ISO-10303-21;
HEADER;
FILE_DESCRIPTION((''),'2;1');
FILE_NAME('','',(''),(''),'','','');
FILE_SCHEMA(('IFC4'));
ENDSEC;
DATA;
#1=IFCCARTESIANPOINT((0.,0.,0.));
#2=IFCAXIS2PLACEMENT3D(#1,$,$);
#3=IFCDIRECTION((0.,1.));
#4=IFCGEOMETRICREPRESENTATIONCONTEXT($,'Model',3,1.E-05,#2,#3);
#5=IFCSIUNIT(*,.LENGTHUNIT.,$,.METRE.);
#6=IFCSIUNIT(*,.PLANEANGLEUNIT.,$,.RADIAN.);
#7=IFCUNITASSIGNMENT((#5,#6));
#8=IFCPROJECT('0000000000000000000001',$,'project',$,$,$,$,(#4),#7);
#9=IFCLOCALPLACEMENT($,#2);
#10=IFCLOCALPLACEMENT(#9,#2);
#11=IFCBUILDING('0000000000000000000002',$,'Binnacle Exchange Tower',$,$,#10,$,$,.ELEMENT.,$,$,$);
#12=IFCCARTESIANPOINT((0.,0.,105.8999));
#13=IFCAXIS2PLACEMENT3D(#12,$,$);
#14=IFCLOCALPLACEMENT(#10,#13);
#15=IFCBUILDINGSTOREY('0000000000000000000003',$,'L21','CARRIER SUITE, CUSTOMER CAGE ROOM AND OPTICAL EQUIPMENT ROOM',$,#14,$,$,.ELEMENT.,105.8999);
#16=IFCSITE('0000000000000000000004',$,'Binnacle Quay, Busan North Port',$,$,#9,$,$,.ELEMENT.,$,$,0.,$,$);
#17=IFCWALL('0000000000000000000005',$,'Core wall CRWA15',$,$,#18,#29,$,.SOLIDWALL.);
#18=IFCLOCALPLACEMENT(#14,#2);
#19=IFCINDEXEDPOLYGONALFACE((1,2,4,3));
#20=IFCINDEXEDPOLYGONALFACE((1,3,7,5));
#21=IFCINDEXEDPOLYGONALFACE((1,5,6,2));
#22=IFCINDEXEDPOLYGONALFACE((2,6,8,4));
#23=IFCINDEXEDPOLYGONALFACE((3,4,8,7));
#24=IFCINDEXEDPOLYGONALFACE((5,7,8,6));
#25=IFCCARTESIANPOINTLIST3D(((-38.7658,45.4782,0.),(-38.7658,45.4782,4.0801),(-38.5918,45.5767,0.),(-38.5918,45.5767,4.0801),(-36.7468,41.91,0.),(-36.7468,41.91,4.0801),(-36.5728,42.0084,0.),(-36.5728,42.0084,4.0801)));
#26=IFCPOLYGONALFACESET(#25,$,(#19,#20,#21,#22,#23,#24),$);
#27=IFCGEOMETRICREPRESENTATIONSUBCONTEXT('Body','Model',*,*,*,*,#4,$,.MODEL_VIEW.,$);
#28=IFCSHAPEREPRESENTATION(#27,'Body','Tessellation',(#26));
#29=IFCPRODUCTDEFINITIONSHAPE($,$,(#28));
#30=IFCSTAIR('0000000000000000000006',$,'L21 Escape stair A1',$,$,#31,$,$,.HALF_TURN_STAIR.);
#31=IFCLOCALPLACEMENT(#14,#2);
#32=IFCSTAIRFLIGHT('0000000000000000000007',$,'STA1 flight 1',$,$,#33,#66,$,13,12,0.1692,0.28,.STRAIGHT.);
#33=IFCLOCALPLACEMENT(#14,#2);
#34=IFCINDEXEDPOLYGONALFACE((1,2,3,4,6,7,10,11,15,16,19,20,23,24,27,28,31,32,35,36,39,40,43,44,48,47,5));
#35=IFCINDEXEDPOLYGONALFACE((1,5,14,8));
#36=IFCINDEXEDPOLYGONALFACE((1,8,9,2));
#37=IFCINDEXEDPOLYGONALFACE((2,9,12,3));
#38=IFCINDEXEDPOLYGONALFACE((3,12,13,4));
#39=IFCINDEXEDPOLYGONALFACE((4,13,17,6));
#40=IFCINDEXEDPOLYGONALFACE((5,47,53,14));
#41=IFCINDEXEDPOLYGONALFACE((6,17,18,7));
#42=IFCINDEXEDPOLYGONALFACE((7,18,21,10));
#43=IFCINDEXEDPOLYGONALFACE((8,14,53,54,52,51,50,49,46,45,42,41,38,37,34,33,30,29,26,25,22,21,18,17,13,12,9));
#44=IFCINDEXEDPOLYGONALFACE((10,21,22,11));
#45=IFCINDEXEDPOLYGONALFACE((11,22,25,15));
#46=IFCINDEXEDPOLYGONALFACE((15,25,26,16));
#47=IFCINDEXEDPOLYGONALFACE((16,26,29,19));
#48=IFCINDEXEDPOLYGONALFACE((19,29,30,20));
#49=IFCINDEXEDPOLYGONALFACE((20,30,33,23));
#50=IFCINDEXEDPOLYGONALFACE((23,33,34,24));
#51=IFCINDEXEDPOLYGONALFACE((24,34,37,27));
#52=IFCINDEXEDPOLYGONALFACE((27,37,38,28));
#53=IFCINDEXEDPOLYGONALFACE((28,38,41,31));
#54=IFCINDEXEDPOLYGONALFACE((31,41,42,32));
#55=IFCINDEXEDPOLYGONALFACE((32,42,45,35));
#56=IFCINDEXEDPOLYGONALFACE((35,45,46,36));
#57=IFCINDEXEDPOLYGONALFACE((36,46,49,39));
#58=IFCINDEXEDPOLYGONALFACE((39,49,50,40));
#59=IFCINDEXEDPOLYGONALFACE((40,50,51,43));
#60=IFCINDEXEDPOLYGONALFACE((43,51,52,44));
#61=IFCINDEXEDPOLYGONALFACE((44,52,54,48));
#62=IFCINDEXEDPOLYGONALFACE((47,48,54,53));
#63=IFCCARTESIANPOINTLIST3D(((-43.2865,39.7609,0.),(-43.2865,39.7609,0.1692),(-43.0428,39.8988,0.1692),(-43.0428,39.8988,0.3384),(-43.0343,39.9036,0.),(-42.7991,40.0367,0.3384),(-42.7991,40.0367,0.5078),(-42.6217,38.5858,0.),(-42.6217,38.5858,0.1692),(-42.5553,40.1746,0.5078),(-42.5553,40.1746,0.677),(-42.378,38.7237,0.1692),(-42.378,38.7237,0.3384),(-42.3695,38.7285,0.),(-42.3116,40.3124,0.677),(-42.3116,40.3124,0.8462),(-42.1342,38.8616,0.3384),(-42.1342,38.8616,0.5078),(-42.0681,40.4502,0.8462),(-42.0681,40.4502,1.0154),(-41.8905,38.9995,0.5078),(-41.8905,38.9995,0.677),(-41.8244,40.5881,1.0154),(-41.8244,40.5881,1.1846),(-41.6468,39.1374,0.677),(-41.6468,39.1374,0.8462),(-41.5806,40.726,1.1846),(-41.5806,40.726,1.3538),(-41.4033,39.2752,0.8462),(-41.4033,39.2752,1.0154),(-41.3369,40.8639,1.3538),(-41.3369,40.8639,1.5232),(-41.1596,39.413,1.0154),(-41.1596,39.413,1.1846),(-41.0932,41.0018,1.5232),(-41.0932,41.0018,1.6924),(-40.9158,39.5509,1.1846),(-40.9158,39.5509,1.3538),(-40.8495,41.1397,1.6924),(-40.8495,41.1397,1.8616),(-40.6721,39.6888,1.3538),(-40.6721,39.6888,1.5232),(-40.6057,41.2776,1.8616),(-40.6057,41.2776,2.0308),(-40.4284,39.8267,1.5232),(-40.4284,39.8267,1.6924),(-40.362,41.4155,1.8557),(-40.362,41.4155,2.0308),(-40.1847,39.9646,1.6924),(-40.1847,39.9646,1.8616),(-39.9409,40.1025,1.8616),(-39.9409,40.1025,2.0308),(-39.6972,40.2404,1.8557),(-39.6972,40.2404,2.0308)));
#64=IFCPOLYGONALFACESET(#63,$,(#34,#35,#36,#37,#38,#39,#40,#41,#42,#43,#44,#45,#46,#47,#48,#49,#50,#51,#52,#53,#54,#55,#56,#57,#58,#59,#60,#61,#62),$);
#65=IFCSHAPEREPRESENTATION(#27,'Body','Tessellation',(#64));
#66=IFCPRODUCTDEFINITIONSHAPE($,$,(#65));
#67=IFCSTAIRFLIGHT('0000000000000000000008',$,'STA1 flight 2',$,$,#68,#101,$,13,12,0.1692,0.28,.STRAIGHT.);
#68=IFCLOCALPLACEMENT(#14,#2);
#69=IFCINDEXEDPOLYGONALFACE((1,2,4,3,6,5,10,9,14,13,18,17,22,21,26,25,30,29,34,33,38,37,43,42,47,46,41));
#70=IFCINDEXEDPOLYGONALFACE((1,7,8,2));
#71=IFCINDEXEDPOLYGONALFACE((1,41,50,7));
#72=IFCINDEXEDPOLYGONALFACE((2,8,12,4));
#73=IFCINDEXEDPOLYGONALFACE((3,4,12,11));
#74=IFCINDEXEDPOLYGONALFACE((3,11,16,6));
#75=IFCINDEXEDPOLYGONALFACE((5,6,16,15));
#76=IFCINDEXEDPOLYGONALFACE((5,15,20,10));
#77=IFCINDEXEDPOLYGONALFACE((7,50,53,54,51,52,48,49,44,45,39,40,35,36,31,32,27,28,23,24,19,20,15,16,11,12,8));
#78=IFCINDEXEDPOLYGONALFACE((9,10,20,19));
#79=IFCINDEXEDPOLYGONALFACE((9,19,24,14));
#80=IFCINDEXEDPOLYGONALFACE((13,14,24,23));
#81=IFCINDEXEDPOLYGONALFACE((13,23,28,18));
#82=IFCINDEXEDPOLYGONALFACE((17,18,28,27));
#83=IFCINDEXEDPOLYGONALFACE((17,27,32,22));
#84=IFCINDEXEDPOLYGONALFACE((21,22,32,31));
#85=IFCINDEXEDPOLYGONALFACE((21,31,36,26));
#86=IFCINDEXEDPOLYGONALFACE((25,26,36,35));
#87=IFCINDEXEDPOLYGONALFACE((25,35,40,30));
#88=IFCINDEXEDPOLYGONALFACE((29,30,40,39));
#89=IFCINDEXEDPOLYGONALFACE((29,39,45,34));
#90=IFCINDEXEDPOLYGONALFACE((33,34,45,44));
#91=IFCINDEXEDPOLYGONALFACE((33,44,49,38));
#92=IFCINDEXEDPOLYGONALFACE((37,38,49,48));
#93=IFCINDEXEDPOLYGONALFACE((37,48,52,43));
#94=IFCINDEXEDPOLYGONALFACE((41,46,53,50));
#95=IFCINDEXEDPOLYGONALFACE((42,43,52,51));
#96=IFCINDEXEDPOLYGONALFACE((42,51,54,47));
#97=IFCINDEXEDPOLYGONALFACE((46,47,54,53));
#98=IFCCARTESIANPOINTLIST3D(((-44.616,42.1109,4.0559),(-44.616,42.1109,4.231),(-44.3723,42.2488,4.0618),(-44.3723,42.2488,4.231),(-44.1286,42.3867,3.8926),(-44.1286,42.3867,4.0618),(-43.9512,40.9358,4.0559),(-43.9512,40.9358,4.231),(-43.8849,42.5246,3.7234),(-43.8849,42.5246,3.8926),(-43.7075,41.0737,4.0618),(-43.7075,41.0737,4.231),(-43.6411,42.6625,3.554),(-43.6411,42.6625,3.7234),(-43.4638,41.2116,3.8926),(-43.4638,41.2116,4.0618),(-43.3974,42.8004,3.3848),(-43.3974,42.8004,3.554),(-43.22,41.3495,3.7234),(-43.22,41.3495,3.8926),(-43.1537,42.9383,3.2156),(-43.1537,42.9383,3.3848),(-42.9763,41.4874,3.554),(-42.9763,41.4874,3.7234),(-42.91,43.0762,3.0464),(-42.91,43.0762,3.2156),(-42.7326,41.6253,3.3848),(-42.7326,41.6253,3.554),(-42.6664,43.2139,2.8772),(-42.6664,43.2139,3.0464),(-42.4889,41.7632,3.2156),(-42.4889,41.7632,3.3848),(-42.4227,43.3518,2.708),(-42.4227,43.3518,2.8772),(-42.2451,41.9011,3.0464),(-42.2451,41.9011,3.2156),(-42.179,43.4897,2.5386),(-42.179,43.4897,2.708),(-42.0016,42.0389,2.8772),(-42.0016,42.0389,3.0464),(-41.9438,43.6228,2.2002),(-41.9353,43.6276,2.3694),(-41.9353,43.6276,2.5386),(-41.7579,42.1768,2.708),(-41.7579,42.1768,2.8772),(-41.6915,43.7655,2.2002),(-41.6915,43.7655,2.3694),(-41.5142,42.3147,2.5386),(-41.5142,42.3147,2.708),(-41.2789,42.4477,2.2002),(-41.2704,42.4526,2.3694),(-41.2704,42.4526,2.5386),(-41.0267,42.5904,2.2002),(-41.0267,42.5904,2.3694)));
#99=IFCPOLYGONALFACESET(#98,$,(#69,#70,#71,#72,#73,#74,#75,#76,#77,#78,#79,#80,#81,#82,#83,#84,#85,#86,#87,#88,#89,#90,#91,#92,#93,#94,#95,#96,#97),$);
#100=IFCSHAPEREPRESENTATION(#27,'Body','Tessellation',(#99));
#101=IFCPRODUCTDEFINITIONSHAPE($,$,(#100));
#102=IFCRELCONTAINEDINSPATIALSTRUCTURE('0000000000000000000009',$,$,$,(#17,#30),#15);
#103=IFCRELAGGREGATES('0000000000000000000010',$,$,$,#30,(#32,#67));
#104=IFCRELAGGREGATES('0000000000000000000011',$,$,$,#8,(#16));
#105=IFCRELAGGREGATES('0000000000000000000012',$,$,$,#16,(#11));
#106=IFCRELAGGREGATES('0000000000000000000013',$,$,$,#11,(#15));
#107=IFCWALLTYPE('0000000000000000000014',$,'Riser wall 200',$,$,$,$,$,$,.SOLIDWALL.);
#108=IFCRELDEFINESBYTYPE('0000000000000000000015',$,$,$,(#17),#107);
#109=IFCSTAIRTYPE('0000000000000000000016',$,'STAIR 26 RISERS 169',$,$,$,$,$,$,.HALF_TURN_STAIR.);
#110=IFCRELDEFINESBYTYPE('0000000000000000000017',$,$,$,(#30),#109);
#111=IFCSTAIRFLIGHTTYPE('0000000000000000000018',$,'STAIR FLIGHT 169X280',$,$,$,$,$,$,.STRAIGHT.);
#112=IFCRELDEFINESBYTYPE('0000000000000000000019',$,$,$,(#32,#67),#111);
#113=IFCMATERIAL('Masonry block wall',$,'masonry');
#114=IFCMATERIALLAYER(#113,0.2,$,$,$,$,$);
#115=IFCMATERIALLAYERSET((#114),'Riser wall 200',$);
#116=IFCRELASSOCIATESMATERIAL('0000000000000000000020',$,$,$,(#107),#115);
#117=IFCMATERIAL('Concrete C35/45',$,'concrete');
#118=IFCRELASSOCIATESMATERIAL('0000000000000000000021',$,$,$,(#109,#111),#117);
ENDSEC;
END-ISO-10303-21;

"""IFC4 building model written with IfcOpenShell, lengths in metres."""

from ifc_helpers import new_model, si_unit, direction, frame, frame_2d, origin, place, context, subcontext, project, spatial, polyline, rectangle, outline, extrude, material, layer, layer_set, type_object, element, aggregate, save


model = new_model("IFC4")

# Units and contexts
model_context = context("Model", 3, precision=1e-05, world=origin(), true_north=direction((0.0, 1.0)))
body_context = subcontext(model_context, "Body", "Model", "MODEL_VIEW")
ifc_project = project(units=[si_unit("LENGTHUNIT", "METRE"), si_unit("PLANEANGLEUNIT", "RADIAN")], contexts=[model_context])

# Site, building, storey
site_placement = place(None, origin())
site = spatial("IfcSite", under=ifc_project, at=site_placement, Name="Binnacle Quay, Busan North Port", CompositionType="ELEMENT", RefElevation=0.0)
building_placement = place(site_placement, origin())
building = spatial("IfcBuilding", under=site, at=building_placement, Name="Binnacle Exchange Tower", CompositionType="ELEMENT")
storey_placement = place(building_placement, frame((0.0, 0.0, 105.8999)))
storey = spatial("IfcBuildingStorey", under=building, at=storey_placement, Name="L21", Description="CARRIER SUITE, CUSTOMER CAGE ROOM AND OPTICAL EQUIPMENT ROOM", CompositionType="ELEMENT", Elevation=105.8999)

# Shared definitions
ifc_material_1 = material(Name="Masonry block wall", Category="masonry")

# Wall
ifc_layer_1 = layer(ifc_material_1, 0.2)
ifc_layer_set_1 = layer_set([ifc_layer_1], Name="Riser wall 200")
wall_type_1 = type_object("IfcWallType", Name="Riser wall 200", PredefinedType="SOLIDWALL", material=ifc_layer_set_1)
wall_1_placement = place(storey_placement, frame((-38.6787, 45.5273, 0.0), z_axis=(0.0, 0.0, 1.0), x_axis=(0.492454, -0.870339, 0.0)))
element("IfcWall", 1, at=wall_1_placement, inside=storey, type_object=wall_type_1, Name="Core wall CRWA15", PredefinedType="SOLIDWALL", context=body_context, shape_type="SweptSolid", body=[
    extrude(rectangle(XDim=4.0999, YDim=0.2, at=frame_2d((2.0498, 0.0))), origin(), (0.0, 0.0, 1.0), 4.0801),
])

# Stair, stair flights
ifc_material_2 = material(Name="Concrete C35/45", Category="concrete")
stair_type = type_object("IfcStairType", Name="STAIR 26 RISERS 169", PredefinedType="HALF_TURN_STAIR", material=ifc_material_2)
stair_placement = place(storey_placement, origin())
stair = element("IfcStair", 2, at=stair_placement, inside=storey, type_object=stair_type, Name="L21 Escape stair A1", PredefinedType="HALF_TURN_STAIR")
stair_flight_type = type_object("IfcStairFlightType", Name="STAIR FLIGHT 169X280", PredefinedType="STRAIGHT", material=ifc_material_2)
stair_flight_1_placement = place(storey_placement, frame((-42.9541, 39.1733, 0.0), z_axis=(0.0, 0.0, 1.0), x_axis=(0.870356, 0.492424, 0.0)))
stair_flight_1 = element("IfcStairFlight", 3, at=stair_flight_1_placement, type_object=stair_flight_type, Name="STA1 flight 1", NumberOfRisers=13, NumberOfTreads=12, PredefinedType="STRAIGHT", RiserHeight=0.1692, TreadLength=0.28, context=body_context, shape_type="SweptSolid", body=[
    extrude(outline(polyline([(0.0, 0.0), (0.0, 0.1692), (0.28, 0.1692), (0.28, 0.3384), (0.5601, 0.3384), (0.5601, 0.5078), (0.8401, 0.5078), (0.8401, 0.677), (1.1201, 0.677), (1.1201, 0.8462), (1.3999, 0.8462), (1.3999, 1.0154), (1.6799, 1.0154), (1.6799, 1.1846), (1.96, 1.1846), (1.96, 1.3538), (2.24, 1.3538), (2.24, 1.5232), (2.52, 1.5232), (2.52, 1.6924), (2.8, 1.6924), (2.8, 1.8616), (3.0801, 1.8616), (3.0801, 2.0308), (3.3601, 2.0308), (3.3601, 2.2), (3.3601, 1.8557), (0.2898, 0.0), (0.0, 0.0)])), frame((0.0, 0.675, 0.0), z_axis=(0.0, -1.0, 0.0), x_axis=(1.0, 0.0, 0.0)), (0.0, 0.0, 1.0), 1.3501),
])
stair_flight_2_placement = place(storey_placement, frame((-41.3591, 43.178, 2.2002), z_axis=(0.0, 0.0, 1.0), x_axis=(-0.870356, -0.492424, 0.0)))
stair_flight_2 = element("IfcStairFlight", 4, at=stair_flight_2_placement, type_object=stair_flight_type, Name="STA1 flight 2", NumberOfRisers=13, NumberOfTreads=12, PredefinedType="STRAIGHT", RiserHeight=0.1692, TreadLength=0.28, context=body_context, shape_type="SweptSolid", body=[
    extrude(outline(polyline([(0.0, 0.0), (0.0, 0.1692), (0.28, 0.1692), (0.28, 0.3384), (0.5601, 0.3384), (0.5601, 0.5078), (0.8401, 0.5078), (0.8401, 0.677), (1.1201, 0.677), (1.1201, 0.8462), (1.3999, 0.8462), (1.3999, 1.0154), (1.6799, 1.0154), (1.6799, 1.1846), (1.96, 1.1846), (1.96, 1.3538), (2.24, 1.3538), (2.24, 1.5232), (2.52, 1.5232), (2.52, 1.6924), (2.8, 1.6924), (2.8, 1.8616), (3.0801, 1.8616), (3.0801, 2.0308), (3.3601, 2.0308), (3.3601, 2.2), (3.3601, 1.8557), (0.2898, 0.0), (0.0, 0.0)])), frame((0.0, 0.675, 0.0), z_axis=(0.0, -1.0, 0.0), x_axis=(1.0, 0.0, 0.0)), (0.0, 0.0, 1.0), 1.3501),
])
aggregate(stair, [stair_flight_1, stair_flight_2])

save(model, "model.ifc")
